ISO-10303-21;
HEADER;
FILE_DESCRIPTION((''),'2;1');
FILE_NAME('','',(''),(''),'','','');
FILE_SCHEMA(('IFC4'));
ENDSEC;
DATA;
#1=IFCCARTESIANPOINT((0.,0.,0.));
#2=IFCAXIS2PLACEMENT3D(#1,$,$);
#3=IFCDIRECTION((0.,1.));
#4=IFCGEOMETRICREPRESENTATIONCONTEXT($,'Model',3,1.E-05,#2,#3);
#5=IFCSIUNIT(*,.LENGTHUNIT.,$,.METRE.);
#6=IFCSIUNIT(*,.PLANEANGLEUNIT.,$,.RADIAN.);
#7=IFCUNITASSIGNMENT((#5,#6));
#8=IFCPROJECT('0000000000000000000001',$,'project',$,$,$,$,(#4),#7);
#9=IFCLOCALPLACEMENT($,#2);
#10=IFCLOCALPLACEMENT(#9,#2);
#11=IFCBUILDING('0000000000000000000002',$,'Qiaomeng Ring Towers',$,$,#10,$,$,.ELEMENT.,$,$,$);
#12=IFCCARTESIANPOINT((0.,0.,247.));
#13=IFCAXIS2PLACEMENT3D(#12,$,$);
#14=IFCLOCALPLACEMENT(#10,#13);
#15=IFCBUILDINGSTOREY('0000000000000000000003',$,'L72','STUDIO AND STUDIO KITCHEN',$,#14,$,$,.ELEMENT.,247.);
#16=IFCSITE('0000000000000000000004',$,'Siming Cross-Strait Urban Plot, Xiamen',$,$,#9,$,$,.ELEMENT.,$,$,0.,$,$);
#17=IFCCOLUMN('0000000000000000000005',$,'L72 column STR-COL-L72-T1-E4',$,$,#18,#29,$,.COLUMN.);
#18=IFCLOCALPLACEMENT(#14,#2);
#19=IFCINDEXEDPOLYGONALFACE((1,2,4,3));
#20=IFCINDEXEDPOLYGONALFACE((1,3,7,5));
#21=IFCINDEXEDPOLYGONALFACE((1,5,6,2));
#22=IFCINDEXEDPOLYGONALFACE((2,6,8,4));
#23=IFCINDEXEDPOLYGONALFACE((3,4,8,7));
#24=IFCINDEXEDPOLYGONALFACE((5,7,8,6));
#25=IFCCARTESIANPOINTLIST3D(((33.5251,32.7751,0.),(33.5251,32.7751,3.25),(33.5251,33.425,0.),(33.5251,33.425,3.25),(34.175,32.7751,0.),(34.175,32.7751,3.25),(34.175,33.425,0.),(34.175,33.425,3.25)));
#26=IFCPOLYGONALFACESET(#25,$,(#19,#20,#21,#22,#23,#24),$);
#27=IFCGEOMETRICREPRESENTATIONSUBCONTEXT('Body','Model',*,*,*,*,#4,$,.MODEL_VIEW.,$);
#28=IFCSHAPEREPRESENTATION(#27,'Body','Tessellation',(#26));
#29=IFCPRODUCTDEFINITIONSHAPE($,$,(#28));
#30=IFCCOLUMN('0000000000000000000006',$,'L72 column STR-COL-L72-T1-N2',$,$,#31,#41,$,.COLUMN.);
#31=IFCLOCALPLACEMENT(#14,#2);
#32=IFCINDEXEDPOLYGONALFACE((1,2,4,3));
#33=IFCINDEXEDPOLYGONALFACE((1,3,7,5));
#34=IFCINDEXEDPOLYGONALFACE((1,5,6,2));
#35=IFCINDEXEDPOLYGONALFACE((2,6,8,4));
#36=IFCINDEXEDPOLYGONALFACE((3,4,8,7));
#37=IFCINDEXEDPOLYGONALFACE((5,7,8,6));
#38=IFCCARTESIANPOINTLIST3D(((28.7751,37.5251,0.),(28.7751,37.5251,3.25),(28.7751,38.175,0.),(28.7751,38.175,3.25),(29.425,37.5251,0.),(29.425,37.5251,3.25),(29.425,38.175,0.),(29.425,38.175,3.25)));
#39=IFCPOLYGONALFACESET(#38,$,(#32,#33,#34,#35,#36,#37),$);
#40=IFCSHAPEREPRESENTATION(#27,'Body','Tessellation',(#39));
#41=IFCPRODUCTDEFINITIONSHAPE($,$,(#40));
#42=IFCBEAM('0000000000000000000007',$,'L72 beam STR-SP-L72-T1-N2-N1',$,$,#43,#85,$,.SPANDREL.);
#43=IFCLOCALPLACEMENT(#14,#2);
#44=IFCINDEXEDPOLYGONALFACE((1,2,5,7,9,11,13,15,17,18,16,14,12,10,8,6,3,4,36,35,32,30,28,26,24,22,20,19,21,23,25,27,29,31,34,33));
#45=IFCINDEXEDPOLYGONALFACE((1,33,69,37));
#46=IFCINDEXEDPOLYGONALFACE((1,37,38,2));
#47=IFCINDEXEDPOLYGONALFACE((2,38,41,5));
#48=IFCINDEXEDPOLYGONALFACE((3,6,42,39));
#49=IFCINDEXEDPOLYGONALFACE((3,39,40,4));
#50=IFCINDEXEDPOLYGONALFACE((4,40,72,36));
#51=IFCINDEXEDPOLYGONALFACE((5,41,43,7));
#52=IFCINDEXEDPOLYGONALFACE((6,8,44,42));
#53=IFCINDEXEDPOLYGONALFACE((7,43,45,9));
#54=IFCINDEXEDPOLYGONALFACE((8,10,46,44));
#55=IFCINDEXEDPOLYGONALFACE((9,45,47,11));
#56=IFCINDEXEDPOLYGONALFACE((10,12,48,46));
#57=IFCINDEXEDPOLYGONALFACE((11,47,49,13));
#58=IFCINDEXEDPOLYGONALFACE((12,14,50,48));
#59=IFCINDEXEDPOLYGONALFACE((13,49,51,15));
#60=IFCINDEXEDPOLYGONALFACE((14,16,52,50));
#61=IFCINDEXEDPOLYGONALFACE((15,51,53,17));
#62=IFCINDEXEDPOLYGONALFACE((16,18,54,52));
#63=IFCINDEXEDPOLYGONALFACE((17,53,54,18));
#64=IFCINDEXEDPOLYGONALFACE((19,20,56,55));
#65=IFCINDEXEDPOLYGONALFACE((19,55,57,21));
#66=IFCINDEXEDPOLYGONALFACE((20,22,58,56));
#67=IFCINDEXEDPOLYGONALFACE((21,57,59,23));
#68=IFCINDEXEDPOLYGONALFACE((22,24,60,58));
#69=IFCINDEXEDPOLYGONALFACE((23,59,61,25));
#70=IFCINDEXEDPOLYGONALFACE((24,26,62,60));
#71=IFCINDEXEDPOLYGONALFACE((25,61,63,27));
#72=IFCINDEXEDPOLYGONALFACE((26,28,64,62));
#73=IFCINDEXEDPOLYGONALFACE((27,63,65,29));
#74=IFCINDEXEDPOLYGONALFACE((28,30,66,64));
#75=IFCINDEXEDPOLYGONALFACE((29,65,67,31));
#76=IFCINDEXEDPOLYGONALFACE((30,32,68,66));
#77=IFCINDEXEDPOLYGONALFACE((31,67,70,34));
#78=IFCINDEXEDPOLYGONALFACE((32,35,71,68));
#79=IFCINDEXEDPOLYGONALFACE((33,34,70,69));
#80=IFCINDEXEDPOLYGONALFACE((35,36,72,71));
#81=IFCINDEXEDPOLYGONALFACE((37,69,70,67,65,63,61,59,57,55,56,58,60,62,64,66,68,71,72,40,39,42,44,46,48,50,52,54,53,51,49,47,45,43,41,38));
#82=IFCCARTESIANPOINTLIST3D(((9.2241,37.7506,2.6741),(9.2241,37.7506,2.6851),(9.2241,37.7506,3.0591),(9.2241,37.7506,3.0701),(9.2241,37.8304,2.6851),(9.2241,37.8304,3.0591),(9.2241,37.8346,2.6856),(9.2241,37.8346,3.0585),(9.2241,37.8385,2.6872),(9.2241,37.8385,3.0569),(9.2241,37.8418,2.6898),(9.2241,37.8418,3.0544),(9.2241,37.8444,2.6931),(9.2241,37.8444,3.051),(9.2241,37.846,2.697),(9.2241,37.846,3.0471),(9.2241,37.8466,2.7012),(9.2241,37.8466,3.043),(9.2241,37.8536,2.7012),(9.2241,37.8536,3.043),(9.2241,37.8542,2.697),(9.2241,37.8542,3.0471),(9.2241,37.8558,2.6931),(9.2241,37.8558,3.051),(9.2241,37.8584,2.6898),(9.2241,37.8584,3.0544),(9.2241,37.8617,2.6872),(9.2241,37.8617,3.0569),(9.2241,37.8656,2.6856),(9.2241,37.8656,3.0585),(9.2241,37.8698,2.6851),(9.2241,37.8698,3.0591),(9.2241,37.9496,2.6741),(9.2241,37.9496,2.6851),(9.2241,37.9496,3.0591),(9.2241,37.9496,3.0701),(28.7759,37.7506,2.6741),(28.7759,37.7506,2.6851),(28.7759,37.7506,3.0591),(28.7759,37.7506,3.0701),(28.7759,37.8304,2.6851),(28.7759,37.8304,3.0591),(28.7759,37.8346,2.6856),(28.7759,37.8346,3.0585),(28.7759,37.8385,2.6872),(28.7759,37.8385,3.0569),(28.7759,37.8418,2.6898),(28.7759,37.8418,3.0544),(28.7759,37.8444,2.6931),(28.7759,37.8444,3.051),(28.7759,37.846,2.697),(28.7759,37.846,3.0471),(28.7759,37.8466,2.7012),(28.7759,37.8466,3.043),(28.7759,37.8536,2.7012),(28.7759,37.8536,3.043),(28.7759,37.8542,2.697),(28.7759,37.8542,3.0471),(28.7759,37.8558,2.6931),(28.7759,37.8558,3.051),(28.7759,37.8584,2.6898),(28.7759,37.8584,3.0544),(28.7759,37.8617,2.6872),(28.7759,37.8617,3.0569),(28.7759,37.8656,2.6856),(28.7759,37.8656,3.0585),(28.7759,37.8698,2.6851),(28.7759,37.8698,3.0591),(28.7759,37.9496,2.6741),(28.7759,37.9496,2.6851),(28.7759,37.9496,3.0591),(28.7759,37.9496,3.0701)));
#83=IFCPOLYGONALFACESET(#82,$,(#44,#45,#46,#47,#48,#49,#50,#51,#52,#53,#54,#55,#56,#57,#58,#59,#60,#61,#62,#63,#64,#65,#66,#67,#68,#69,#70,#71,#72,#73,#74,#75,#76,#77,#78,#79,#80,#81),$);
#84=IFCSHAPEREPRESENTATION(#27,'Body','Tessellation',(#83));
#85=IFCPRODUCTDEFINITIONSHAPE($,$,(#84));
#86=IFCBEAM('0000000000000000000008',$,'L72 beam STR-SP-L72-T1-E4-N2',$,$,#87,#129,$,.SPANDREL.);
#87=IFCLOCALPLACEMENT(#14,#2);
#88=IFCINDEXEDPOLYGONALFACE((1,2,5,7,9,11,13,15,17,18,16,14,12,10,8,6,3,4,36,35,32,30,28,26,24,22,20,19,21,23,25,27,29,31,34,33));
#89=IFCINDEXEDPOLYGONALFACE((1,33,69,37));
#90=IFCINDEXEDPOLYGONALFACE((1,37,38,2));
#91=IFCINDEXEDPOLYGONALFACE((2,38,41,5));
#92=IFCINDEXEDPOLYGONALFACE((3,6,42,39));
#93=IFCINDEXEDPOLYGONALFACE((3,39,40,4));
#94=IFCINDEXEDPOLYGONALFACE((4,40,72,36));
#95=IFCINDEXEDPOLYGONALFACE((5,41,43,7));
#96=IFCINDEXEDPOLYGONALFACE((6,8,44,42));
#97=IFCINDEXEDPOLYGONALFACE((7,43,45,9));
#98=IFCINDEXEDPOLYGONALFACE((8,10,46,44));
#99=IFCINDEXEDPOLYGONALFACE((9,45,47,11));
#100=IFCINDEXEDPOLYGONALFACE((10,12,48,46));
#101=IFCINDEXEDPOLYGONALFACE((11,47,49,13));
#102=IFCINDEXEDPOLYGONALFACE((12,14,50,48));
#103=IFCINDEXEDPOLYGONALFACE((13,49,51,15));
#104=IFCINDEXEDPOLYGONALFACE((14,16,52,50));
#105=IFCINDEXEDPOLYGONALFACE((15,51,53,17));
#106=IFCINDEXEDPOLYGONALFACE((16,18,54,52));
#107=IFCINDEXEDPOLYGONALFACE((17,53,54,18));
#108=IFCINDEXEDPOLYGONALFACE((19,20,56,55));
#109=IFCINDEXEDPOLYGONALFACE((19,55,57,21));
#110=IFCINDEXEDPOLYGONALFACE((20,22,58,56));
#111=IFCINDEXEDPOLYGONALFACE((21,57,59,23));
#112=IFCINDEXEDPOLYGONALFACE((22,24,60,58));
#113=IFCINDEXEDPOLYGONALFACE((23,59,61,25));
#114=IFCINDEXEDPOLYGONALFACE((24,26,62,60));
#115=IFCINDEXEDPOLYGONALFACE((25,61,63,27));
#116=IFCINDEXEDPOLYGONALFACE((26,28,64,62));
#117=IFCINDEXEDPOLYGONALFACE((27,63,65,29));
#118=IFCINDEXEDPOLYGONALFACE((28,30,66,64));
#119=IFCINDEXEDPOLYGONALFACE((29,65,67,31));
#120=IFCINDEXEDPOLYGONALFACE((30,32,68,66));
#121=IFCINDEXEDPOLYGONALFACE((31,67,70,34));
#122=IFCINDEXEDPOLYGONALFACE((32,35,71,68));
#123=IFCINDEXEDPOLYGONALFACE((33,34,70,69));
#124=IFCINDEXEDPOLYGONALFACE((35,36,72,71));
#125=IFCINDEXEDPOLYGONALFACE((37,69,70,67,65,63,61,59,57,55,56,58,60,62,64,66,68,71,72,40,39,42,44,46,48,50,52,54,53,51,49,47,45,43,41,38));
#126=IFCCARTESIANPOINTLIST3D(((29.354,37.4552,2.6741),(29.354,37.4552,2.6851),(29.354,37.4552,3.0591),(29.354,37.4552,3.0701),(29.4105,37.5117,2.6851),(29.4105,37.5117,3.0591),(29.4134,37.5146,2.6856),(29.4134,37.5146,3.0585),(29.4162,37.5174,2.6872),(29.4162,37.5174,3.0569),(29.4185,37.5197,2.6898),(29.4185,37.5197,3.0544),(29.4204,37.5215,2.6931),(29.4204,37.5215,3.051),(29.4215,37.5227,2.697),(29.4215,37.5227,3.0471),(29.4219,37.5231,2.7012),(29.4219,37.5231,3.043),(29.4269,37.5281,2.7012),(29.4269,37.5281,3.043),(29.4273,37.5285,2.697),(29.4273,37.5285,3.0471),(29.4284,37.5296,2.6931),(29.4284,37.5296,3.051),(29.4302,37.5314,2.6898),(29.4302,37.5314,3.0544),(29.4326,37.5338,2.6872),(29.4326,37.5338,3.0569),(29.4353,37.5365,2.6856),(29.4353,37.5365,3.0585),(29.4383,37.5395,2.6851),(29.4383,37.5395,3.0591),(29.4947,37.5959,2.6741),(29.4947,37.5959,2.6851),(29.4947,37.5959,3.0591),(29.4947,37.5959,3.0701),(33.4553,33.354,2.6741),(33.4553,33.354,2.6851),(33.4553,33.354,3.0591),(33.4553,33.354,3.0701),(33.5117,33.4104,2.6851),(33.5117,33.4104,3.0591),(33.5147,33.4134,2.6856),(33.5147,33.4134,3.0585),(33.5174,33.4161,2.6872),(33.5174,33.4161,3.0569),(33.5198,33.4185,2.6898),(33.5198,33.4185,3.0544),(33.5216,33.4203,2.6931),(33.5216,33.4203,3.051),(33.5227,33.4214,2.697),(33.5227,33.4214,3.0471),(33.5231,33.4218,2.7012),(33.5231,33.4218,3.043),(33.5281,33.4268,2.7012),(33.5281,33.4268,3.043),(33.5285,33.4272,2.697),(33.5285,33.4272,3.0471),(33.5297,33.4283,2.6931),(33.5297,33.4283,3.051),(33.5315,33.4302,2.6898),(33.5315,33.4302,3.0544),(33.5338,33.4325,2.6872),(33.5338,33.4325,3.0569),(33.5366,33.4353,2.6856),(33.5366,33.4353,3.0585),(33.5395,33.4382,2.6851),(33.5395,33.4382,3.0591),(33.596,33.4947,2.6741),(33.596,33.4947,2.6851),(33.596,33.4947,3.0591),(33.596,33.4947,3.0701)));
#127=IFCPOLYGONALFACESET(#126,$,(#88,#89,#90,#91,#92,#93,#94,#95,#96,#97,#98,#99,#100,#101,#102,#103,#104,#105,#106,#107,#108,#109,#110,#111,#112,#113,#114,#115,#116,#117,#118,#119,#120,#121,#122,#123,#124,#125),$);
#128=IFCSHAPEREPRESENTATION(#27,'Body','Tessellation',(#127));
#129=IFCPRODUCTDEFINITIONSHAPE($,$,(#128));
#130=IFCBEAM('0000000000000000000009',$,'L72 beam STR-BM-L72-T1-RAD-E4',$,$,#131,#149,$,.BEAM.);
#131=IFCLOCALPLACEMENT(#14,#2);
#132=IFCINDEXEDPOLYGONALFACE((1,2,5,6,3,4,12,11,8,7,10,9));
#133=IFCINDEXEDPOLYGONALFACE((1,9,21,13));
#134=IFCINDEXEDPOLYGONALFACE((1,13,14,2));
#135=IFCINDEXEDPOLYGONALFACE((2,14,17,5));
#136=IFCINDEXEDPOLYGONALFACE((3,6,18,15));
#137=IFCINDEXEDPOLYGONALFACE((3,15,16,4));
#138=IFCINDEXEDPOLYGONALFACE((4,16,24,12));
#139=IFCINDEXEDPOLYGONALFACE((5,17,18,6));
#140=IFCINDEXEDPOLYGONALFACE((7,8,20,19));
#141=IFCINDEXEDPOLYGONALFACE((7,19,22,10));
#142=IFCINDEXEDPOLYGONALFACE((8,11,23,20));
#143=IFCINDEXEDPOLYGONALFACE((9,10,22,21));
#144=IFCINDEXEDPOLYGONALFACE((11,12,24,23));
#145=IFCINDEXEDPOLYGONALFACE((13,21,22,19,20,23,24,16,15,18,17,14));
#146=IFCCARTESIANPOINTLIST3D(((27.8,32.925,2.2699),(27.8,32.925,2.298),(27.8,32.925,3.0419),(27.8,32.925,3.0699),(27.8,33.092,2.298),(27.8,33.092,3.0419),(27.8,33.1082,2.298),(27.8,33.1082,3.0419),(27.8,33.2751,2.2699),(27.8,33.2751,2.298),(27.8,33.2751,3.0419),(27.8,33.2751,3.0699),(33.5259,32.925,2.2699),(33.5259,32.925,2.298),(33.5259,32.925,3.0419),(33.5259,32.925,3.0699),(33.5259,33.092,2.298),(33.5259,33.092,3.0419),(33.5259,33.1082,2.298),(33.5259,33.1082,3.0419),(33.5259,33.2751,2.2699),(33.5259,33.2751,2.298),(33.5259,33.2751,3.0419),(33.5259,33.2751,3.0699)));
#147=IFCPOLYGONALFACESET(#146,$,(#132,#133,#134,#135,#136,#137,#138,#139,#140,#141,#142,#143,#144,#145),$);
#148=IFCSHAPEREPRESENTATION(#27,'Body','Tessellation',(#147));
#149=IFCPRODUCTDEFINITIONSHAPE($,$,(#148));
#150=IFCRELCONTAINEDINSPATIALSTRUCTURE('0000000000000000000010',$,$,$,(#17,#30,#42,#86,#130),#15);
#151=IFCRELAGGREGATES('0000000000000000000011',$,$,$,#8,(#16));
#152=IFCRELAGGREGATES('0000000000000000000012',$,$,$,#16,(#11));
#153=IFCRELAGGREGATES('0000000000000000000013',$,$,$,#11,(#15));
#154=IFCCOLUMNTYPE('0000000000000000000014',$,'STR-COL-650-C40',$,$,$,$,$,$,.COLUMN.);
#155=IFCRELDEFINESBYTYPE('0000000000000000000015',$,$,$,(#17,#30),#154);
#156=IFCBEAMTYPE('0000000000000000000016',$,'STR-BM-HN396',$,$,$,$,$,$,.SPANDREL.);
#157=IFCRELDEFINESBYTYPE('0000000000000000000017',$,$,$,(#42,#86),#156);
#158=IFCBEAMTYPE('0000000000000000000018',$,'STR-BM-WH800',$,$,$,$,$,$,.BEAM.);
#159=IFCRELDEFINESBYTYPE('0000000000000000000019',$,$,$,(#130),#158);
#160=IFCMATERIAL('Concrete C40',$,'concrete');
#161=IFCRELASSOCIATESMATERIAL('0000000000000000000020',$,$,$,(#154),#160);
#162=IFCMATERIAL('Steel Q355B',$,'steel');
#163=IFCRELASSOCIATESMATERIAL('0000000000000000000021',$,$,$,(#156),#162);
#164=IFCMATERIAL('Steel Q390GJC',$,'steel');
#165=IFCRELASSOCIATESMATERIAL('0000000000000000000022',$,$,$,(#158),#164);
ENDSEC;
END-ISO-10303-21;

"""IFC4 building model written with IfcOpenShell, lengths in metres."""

from ifc_helpers import new_model, si_unit, direction, frame, origin, origin_2d, place, context, subcontext, project, spatial, rectangle, i_section, extrude, source, transform, mapped, material, material_profile, profile_set, type_object, element, save


model = new_model("IFC4")

# Units and contexts
model_context = context("Model", 3, precision=1e-05, world=origin(), true_north=direction((0.0, 1.0)))
body_context = subcontext(model_context, "Body", "Model", "MODEL_VIEW")
ifc_project = project(units=[si_unit("LENGTHUNIT", "METRE"), si_unit("PLANEANGLEUNIT", "RADIAN")], contexts=[model_context])

# Site, building, storey
site_placement = place(None, origin())
site = spatial("IfcSite", under=ifc_project, at=site_placement, Name="Siming Cross-Strait Urban Plot, Xiamen", CompositionType="ELEMENT", RefElevation=0.0)
building_placement = place(site_placement, origin())
building = spatial("IfcBuilding", under=site, at=building_placement, Name="Qiaomeng Ring Towers", CompositionType="ELEMENT")
storey_placement = place(building_placement, frame((0.0, 0.0, 247.0)))
storey = spatial("IfcBuildingStorey", under=building, at=storey_placement, Name="L72", Description="STUDIO AND STUDIO KITCHEN", CompositionType="ELEMENT", Elevation=247.0)

# Columns
ifc_material_1 = material(Name="Concrete C40", Category="concrete")
ifc_material_profile_1 = material_profile(ifc_material_1, rectangle(XDim=0.6499, YDim=0.6499, at=origin_2d()), Name="RC COL 650x650")
ifc_profile_set_1 = profile_set([ifc_material_profile_1], Name="Concrete C40")
column_type = type_object("IfcColumnType", Name="STR-COL-650-C40", PredefinedType="COLUMN", material=ifc_profile_set_1)
shared_shape_1 = source(origin(), body_context, "Body", "SweptSolid", [
    extrude(rectangle(XDim=0.6499, YDim=0.6499, at=origin_2d()), origin(), (0.0, 0.0, 1.0), 3.25),
])
for number, where, z_axis, x_axis, name in (
    (1, (33.8501, 33.1001, 0.0), (0.0, 0.0, 1.0), (1.0, 0.0, 0.0), "L72 column STR-COL-L72-T1-E4"),
    (2, (29.1001, 37.8501, 0.0), (0.0, 0.0, 1.0), (1.0, 0.0, 0.0), "L72 column STR-COL-L72-T1-N2"),
):
    element("IfcColumn", number, at=place(storey_placement, frame(where, z_axis=z_axis, x_axis=x_axis)), inside=storey, type_object=column_type, Name=name, PredefinedType="COLUMN", context=body_context, shape_type="MappedRepresentation", body=[
        mapped(shared_shape_1, transform((0.0, 0.0, 0.0), x_axis=(1.0, 0.0, 0.0), y_axis=(0.0, 1.0, 0.0), z_axis=(0.0, 0.0, 1.0), scale=1.0)),
    ])

# Beams
ifc_material_2 = material(Name="Steel Q355B", Category="steel")
ifc_material_profile_2 = material_profile(ifc_material_2, i_section(OverallWidth=0.199, OverallDepth=0.396, WebThickness=0.0071, FlangeThickness=0.011, FilletRadius=0.0161, at=origin_2d()), Name="HN 396x199x7x11")
ifc_profile_set_2 = profile_set([ifc_material_profile_2], Name="Steel Q355B")
beam_type_1 = type_object("IfcBeamType", Name="STR-BM-HN396", PredefinedType="SPANDREL", material=ifc_profile_set_2)
shared_shape_2 = source(origin(), body_context, "Body", "SweptSolid", [
    extrude(i_section(OverallWidth=0.199, OverallDepth=0.396, WebThickness=0.0071, FlangeThickness=0.011, FilletRadius=0.0161, at=origin_2d()), origin(), (0.0, 0.0, 1.0), 19.5518),
])
beam_1_placement = place(storey_placement, frame((28.7759, 37.8501, 2.8721), z_axis=(-1.0, 0.0, 0.0), x_axis=(0.0, -1.0, 0.0)))
element("IfcBeam", 3, at=beam_1_placement, inside=storey, type_object=beam_type_1, Name="L72 beam STR-SP-L72-T1-N2-N1", PredefinedType="SPANDREL", context=body_context, shape_type="MappedRepresentation", body=[
    mapped(shared_shape_2, transform((0.0, 0.0, 0.0), x_axis=(1.0, 0.0, 0.0), y_axis=(0.0, 1.0, 0.0), z_axis=(0.0, 0.0, 1.0), scale=1.0)),
])
shared_shape_3 = source(origin(), body_context, "Body", "SweptSolid", [
    extrude(i_section(OverallWidth=0.199, OverallDepth=0.396, WebThickness=0.0071, FlangeThickness=0.011, FilletRadius=0.0161, at=origin_2d()), origin(), (0.0, 0.0, 1.0), 5.8),
])
beam_2_placement = place(storey_placement, frame((33.5256, 33.4243, 2.8721), z_axis=(-0.707107, 0.707107, 0.0), x_axis=(-0.707107, -0.707107, 0.0)))
element("IfcBeam", 4, at=beam_2_placement, inside=storey, type_object=beam_type_1, Name="L72 beam STR-SP-L72-T1-E4-N2", PredefinedType="SPANDREL", context=body_context, shape_type="MappedRepresentation", body=[
    mapped(shared_shape_3, transform((0.0, 0.0, 0.0), x_axis=(1.0, 0.0, 0.0), y_axis=(0.0, 1.0, 0.0), z_axis=(0.0, 0.0, 1.0), scale=1.0)),
])
ifc_material_3 = material(Name="Steel Q390GJC", Category="steel")
ifc_material_profile_3 = material_profile(ifc_material_3, i_section(OverallWidth=0.3501, OverallDepth=0.8, WebThickness=0.0161, FlangeThickness=0.0281, at=origin_2d()), Name="WH 800x350x16x28")
ifc_profile_set_3 = profile_set([ifc_material_profile_3], Name="Steel Q390GJC")
beam_type_2 = type_object("IfcBeamType", Name="STR-BM-WH800", PredefinedType="BEAM", material=ifc_profile_set_3)
shared_shape_4 = source(origin(), body_context, "Body", "SweptSolid", [
    extrude(i_section(OverallWidth=0.3501, OverallDepth=0.8, WebThickness=0.0161, FlangeThickness=0.0281, at=origin_2d()), origin(), (0.0, 0.0, 1.0), 5.7258),
])
beam_3_placement = place(storey_placement, frame((27.8, 33.1001, 2.6699), z_axis=(1.0, 0.0, 0.0), x_axis=(0.0, 1.0, 0.0)))
element("IfcBeam", 5, at=beam_3_placement, inside=storey, type_object=beam_type_2, Name="L72 beam STR-BM-L72-T1-RAD-E4", PredefinedType="BEAM", context=body_context, shape_type="MappedRepresentation", body=[
    mapped(shared_shape_4, transform((0.0, 0.0, 0.0), x_axis=(1.0, 0.0, 0.0), y_axis=(0.0, 1.0, 0.0), z_axis=(0.0, 0.0, 1.0), scale=1.0)),
])

save(model, "model.ifc")
